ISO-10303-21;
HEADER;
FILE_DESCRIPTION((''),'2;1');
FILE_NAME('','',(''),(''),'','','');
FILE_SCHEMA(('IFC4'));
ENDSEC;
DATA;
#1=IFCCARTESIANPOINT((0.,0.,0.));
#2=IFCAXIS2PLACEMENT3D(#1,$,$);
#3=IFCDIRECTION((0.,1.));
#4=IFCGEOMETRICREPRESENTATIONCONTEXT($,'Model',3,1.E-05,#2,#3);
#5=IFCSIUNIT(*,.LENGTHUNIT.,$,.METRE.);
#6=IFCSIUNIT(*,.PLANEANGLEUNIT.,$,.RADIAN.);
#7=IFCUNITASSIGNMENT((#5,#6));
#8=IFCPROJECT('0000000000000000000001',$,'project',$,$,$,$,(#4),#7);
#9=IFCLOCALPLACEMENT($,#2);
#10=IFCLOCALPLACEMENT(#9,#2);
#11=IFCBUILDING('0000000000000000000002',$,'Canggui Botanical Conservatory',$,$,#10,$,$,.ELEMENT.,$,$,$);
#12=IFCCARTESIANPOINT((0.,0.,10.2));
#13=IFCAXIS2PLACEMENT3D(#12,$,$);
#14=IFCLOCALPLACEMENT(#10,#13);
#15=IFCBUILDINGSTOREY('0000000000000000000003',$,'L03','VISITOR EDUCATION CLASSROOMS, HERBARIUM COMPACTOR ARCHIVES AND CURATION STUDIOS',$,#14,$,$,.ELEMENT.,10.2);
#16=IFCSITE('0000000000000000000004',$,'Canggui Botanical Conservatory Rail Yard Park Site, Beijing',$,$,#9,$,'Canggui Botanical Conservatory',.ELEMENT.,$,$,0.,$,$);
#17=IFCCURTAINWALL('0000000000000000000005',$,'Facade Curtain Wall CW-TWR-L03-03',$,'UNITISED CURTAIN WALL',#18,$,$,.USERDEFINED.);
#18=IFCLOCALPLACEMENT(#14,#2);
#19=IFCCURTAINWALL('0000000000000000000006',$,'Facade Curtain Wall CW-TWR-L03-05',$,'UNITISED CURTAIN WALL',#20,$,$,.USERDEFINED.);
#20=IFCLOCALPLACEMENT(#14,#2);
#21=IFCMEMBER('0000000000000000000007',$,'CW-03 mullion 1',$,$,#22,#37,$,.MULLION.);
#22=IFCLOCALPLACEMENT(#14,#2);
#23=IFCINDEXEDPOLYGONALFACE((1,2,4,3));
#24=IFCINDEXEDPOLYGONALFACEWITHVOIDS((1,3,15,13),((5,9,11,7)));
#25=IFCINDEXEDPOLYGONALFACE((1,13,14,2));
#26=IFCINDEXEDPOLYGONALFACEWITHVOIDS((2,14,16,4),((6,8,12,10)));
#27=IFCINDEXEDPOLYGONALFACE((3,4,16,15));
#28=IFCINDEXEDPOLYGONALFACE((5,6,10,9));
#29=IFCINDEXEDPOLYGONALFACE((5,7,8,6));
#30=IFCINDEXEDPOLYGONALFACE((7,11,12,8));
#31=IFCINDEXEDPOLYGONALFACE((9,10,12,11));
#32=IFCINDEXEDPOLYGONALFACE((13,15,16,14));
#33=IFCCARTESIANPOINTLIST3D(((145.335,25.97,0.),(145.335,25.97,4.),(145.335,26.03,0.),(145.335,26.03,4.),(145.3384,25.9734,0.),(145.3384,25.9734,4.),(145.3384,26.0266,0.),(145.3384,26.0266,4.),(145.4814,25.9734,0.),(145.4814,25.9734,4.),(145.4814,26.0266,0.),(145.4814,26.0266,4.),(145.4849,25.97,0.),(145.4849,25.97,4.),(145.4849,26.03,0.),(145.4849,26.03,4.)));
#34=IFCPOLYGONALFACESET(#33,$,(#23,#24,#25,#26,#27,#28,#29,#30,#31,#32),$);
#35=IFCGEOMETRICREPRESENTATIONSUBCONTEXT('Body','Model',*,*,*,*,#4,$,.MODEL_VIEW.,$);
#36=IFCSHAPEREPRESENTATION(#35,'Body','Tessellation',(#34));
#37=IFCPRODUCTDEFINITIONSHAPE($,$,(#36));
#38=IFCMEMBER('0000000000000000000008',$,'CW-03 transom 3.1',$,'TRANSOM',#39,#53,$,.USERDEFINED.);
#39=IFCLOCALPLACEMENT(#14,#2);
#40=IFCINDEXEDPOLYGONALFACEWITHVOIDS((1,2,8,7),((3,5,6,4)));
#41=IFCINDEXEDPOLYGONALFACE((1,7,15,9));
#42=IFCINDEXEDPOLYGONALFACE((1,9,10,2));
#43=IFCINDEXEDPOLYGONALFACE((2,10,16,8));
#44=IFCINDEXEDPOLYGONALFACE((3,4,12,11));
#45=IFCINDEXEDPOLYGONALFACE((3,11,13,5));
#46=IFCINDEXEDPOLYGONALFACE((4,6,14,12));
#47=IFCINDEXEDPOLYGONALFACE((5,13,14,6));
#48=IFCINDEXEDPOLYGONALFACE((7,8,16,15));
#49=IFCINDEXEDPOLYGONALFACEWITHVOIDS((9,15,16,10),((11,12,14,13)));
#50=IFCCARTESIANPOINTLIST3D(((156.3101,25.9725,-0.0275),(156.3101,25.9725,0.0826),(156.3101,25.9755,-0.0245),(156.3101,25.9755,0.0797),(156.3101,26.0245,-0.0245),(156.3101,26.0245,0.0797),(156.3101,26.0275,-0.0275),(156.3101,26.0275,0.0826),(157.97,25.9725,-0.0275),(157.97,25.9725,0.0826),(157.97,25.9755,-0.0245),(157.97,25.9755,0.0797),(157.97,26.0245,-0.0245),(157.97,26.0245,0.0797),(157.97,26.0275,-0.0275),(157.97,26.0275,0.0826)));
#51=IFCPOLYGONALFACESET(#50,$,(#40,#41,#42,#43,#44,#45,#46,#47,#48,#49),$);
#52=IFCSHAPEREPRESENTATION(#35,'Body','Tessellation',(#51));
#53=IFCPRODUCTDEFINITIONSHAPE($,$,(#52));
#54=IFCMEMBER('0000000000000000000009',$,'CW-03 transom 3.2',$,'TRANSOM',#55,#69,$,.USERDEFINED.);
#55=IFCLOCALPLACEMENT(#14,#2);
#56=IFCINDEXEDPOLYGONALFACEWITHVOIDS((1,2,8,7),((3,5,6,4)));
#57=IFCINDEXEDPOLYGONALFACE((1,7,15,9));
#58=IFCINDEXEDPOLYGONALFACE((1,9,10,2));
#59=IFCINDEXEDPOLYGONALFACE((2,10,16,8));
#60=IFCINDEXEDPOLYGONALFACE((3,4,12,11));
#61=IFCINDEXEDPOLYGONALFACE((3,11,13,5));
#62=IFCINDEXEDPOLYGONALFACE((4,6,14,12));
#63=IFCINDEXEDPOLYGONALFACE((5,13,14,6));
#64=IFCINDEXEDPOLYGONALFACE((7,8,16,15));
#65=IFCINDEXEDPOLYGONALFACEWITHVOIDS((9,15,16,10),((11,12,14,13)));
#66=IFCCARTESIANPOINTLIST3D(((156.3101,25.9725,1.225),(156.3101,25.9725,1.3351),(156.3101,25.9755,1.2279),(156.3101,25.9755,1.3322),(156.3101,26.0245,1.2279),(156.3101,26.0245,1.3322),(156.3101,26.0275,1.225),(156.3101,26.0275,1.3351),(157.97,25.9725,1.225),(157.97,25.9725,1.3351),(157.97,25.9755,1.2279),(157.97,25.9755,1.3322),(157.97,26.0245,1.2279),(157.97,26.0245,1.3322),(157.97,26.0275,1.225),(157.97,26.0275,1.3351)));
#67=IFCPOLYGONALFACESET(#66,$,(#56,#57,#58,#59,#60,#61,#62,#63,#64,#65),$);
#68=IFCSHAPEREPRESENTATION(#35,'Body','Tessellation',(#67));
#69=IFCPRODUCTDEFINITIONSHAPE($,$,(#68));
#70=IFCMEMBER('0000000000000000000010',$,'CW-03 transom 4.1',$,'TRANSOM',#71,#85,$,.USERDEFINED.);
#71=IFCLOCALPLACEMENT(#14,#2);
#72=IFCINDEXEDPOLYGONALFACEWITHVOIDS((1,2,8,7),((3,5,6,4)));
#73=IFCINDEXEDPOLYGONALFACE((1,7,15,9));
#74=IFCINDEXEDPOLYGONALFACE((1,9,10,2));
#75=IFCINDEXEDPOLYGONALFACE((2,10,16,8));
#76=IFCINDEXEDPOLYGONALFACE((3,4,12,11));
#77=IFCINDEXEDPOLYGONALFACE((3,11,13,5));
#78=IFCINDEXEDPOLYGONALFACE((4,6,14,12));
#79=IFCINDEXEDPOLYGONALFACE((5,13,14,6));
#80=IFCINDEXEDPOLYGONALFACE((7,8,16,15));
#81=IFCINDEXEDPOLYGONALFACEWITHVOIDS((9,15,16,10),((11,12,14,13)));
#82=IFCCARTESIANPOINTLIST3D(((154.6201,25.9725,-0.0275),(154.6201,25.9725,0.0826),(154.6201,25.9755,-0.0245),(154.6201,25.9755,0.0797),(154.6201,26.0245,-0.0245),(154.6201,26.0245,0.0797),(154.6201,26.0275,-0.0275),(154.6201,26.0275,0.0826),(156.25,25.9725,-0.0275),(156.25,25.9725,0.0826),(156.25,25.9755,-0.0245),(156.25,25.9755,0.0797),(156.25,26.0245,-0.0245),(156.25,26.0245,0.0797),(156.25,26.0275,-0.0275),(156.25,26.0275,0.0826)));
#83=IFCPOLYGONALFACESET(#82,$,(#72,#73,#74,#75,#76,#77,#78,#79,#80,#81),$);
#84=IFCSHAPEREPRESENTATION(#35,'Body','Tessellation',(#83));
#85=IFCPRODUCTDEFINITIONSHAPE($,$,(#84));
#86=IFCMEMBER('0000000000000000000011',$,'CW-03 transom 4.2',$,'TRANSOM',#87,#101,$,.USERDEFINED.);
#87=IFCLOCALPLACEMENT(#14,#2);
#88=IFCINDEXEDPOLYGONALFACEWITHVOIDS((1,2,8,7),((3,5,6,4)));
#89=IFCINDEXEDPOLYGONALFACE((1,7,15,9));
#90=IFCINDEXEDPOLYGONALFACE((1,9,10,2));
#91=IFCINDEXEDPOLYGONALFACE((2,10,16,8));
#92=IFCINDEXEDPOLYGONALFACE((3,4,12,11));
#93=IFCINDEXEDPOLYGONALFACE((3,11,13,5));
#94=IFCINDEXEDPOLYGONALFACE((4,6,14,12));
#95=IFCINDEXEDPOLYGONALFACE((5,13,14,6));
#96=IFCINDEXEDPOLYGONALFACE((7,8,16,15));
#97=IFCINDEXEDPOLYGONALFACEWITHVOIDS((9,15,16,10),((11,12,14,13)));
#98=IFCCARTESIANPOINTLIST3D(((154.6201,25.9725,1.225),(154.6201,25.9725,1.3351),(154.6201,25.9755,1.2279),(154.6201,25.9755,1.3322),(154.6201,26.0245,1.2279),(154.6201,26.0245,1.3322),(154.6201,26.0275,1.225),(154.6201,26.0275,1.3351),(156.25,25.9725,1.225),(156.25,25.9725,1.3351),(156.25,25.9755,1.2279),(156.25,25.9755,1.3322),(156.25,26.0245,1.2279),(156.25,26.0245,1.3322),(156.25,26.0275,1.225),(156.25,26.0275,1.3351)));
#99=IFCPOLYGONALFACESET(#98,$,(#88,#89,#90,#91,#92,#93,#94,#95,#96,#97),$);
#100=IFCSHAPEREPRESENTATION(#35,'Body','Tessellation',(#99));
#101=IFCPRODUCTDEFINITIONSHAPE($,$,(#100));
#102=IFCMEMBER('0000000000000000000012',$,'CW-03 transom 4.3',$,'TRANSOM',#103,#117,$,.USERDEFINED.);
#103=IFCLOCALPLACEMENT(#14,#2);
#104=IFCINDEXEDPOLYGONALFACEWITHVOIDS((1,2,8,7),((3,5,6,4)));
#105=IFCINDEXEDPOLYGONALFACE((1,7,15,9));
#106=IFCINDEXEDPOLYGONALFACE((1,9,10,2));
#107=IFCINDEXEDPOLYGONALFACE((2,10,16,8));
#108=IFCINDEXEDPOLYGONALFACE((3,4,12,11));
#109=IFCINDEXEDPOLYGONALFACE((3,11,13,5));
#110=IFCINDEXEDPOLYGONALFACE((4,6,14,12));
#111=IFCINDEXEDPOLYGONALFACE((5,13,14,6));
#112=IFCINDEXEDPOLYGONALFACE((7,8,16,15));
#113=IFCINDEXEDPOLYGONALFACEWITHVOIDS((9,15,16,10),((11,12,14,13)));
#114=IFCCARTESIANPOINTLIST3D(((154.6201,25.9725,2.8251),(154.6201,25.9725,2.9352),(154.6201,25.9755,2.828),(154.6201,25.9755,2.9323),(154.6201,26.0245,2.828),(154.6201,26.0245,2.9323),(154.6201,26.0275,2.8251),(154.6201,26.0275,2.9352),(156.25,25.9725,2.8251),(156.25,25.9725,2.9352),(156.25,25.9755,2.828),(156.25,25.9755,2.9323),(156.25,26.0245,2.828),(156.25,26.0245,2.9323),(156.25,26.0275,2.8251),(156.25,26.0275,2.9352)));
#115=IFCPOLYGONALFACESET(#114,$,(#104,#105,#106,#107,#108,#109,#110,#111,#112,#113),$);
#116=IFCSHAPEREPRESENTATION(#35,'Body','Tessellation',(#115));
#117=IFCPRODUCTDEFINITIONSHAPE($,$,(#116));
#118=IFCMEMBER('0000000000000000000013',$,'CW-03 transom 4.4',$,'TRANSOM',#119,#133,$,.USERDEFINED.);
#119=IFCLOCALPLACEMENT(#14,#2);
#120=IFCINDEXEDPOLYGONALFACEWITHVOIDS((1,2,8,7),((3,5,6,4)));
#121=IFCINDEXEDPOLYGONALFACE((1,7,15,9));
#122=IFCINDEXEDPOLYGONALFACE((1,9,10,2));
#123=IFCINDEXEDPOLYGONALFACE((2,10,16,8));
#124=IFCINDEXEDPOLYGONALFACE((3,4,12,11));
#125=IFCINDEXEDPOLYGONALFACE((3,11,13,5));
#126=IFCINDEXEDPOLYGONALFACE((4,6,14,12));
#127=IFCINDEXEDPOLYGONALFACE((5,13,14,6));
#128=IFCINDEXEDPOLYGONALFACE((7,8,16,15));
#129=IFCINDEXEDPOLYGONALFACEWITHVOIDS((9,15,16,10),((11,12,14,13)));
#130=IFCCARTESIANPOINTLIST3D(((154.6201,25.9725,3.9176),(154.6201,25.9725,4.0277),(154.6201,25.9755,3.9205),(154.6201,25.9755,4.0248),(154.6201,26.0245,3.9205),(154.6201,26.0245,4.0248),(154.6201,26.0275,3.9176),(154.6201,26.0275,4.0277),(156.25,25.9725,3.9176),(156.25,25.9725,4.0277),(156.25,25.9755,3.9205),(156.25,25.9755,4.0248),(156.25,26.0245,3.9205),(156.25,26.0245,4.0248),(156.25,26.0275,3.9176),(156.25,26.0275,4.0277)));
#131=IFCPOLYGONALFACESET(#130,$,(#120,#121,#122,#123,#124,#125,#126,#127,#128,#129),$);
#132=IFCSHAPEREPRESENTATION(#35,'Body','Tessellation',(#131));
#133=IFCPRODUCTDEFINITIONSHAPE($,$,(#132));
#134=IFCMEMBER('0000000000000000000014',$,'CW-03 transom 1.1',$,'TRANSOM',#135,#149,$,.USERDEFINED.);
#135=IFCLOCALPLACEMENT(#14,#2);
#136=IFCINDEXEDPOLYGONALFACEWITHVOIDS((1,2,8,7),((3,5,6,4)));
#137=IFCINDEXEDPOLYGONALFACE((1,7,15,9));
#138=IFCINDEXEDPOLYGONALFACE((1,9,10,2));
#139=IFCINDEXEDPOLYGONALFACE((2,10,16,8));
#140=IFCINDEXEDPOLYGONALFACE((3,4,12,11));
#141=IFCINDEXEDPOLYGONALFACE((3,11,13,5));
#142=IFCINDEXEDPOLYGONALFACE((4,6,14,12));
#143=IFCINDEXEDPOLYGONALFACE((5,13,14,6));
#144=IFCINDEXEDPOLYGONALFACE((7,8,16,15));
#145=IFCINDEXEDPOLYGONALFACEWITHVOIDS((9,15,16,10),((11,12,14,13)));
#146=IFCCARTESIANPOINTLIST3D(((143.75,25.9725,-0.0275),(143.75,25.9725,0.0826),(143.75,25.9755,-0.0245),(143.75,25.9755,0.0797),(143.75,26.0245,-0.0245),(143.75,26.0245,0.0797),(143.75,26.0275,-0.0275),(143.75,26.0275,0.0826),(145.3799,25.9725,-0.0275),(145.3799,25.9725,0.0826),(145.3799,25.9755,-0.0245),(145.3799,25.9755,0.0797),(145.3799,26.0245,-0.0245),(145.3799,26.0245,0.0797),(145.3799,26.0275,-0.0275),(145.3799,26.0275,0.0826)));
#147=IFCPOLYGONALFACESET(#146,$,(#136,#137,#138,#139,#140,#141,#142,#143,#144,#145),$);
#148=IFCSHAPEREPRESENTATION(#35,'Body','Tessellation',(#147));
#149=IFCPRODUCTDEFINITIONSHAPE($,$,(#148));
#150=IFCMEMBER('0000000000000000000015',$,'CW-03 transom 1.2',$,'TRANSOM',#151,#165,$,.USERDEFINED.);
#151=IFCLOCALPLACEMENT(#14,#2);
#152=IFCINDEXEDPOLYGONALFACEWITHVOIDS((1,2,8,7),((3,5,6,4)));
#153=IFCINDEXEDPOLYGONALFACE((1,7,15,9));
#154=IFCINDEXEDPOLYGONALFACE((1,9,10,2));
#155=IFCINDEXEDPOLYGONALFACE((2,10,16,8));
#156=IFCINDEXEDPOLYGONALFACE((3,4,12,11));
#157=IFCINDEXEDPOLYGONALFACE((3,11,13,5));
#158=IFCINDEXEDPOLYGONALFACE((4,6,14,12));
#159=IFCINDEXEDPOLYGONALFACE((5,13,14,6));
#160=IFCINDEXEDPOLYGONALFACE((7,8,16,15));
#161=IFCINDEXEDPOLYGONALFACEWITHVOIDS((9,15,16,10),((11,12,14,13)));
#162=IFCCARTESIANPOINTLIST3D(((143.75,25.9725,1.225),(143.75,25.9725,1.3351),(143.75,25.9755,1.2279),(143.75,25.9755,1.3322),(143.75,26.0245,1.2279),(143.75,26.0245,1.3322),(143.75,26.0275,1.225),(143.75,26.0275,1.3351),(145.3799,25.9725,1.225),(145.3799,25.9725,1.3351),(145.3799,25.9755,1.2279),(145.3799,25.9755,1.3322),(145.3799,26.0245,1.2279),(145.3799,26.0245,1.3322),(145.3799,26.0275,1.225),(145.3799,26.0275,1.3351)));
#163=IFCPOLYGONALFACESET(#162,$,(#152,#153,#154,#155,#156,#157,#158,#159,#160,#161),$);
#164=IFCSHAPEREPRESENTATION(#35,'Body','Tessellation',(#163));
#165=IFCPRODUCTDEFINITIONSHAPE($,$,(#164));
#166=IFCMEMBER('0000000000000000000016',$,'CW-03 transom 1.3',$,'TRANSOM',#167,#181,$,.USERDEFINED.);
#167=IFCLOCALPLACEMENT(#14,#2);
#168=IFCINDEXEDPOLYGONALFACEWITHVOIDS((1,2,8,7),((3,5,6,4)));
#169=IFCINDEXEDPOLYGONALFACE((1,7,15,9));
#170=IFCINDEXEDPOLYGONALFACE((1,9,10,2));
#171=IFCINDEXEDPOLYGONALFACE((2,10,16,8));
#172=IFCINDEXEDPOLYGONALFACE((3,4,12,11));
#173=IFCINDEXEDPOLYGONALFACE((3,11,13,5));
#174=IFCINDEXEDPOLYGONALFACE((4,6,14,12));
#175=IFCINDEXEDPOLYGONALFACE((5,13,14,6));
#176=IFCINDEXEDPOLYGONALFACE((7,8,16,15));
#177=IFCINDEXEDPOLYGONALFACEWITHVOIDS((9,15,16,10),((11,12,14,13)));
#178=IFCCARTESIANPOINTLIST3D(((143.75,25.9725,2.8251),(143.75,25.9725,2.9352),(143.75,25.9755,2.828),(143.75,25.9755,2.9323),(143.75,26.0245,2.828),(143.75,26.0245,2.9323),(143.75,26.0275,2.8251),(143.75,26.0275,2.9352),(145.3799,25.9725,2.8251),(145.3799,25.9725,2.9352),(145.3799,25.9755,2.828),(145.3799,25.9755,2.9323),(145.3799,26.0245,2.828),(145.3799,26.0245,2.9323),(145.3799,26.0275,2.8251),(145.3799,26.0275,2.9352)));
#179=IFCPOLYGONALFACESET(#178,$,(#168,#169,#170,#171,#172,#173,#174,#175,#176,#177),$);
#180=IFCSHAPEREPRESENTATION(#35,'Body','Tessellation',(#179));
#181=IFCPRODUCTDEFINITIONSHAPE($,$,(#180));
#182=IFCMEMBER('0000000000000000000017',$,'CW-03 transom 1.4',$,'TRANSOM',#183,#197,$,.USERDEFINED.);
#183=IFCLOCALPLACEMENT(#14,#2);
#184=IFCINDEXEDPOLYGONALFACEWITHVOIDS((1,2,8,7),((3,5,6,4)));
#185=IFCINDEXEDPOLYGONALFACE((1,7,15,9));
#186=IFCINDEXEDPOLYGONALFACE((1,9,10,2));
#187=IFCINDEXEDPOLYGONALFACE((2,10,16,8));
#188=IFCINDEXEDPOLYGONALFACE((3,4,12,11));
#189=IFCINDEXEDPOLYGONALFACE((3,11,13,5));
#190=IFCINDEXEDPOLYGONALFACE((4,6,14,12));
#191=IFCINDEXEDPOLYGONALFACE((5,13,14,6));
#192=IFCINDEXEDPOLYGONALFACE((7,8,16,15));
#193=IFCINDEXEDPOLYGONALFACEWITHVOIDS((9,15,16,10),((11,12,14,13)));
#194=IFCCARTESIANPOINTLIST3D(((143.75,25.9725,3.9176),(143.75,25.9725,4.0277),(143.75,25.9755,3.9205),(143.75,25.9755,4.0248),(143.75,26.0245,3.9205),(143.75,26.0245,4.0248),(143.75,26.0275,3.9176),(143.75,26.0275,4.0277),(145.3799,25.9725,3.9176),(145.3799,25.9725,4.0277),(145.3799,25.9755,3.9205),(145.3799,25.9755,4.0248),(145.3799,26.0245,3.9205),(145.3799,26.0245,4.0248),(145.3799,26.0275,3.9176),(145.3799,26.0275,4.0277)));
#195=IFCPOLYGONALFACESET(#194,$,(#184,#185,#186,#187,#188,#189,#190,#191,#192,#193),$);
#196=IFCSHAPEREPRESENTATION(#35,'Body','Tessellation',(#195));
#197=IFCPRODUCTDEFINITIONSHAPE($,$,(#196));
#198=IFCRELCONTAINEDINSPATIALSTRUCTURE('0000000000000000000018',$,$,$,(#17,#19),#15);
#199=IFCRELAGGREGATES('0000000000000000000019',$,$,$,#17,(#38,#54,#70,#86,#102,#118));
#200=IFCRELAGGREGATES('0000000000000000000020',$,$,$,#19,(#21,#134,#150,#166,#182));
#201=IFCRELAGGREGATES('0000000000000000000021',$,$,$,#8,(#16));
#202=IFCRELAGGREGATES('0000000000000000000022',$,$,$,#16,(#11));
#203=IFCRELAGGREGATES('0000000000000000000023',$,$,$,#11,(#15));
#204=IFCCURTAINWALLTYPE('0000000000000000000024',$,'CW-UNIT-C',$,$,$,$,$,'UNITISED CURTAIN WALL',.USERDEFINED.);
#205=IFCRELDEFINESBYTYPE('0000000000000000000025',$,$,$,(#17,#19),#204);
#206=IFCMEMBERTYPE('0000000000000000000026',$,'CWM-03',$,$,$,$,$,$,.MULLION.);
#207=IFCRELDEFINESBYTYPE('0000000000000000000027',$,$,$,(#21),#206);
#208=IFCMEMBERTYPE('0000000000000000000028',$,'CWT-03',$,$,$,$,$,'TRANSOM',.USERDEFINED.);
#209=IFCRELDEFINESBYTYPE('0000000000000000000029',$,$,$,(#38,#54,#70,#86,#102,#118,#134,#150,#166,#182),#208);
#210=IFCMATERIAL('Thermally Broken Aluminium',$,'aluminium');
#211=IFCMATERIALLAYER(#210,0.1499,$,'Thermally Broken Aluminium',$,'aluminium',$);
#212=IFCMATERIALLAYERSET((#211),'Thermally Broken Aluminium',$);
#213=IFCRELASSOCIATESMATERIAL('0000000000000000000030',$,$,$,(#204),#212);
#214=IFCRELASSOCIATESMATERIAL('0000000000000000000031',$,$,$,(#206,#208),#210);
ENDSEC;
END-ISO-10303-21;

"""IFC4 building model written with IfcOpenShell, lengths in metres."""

from ifc_helpers import new_model, si_unit, direction, frame, origin, origin_2d, place, context, subcontext, project, spatial, hollow_rectangle, extrude, material, layer, layer_set, material_profile, profile_set, type_object, element, aggregate, save


model = new_model("IFC4")

# Units and contexts
model_context = context("Model", 3, precision=1e-05, world=origin(), true_north=direction((0.0, 1.0)))
body_context = subcontext(model_context, "Body", "Model", "MODEL_VIEW")
ifc_project = project(units=[si_unit("LENGTHUNIT", "METRE"), si_unit("PLANEANGLEUNIT", "RADIAN")], contexts=[model_context])

# Site, building, storey
site_placement = place(None, origin())
site = spatial("IfcSite", under=ifc_project, at=site_placement, Name="Canggui Botanical Conservatory Rail Yard Park Site, Beijing", LongName="Canggui Botanical Conservatory", CompositionType="ELEMENT", RefElevation=0.0)
building_placement = place(site_placement, origin())
building = spatial("IfcBuilding", under=site, at=building_placement, Name="Canggui Botanical Conservatory", CompositionType="ELEMENT")
storey_placement = place(building_placement, frame((0.0, 0.0, 10.2)))
storey = spatial("IfcBuildingStorey", under=building, at=storey_placement, Name="L03", Description="VISITOR EDUCATION CLASSROOMS, HERBARIUM COMPACTOR ARCHIVES AND CURATION STUDIOS", CompositionType="ELEMENT", Elevation=10.2)

# Curtain wall
ifc_material_1 = material(Name="Thermally Broken Aluminium", Category="aluminium")
ifc_layer_1 = layer(ifc_material_1, 0.1499, Name="Thermally Broken Aluminium", Category="aluminium")
ifc_layer_set_1 = layer_set([ifc_layer_1], Name="Thermally Broken Aluminium")
curtain_wall_type = type_object("IfcCurtainWallType", Name="CW-UNIT-C", ElementType="UNITISED CURTAIN WALL", PredefinedType="USERDEFINED", material=ifc_layer_set_1)
curtain_wall_1_placement = place(storey_placement, origin())
curtain_wall_1 = element("IfcCurtainWall", 1, at=curtain_wall_1_placement, inside=storey, type_object=curtain_wall_type, Name="Facade Curtain Wall CW-TWR-L03-03", ObjectType="UNITISED CURTAIN WALL", PredefinedType="USERDEFINED")
ifc_material_profile_1 = material_profile(ifc_material_1, hollow_rectangle(XDim=0.0601, YDim=0.1499, WallThickness=0.0034, at=origin_2d()), Name="CWM 60x150x3.5")
ifc_profile_set_1 = profile_set([ifc_material_profile_1], Name="Thermally Broken Aluminium")
member_type_1 = type_object("IfcMemberType", Name="CWM-03", PredefinedType="MULLION", material=ifc_profile_set_1)

# Curtain wall, member
curtain_wall_2_placement = place(storey_placement, origin())
curtain_wall_2 = element("IfcCurtainWall", 2, at=curtain_wall_2_placement, inside=storey, type_object=curtain_wall_type, Name="Facade Curtain Wall CW-TWR-L03-05", ObjectType="UNITISED CURTAIN WALL", PredefinedType="USERDEFINED")
member_1_placement = place(storey_placement, frame((145.4099, 26.0, 0.0), z_axis=(0.0, 0.0, 1.0), x_axis=(0.0, -1.0, 0.0)))
member_1 = element("IfcMember", 3, at=member_1_placement, type_object=member_type_1, Name="CW-03 mullion 1", PredefinedType="MULLION", context=body_context, shape_type="SweptSolid", body=[
    extrude(hollow_rectangle(XDim=0.0601, YDim=0.1499, WallThickness=0.0034, at=origin_2d()), origin(), (0.0, 0.0, 1.0), 4.0),
])

# Members
ifc_material_profile_2 = material_profile(ifc_material_1, hollow_rectangle(XDim=0.0549, YDim=0.1101, WallThickness=0.0029, at=origin_2d()), Name="CWT 55x110x3")
ifc_profile_set_2 = profile_set([ifc_material_profile_2], Name="Thermally Broken Aluminium")
member_type_2 = type_object("IfcMemberType", Name="CWT-03", ElementType="TRANSOM", PredefinedType="USERDEFINED", material=ifc_profile_set_2)
member_2_placement = place(storey_placement, frame((157.97, 26.0, 0.0276), z_axis=(-1.0, 0.0, 0.0), x_axis=(0.0, -1.0, 0.0)))
member_2 = element("IfcMember", 4, at=member_2_placement, type_object=member_type_2, Name="CW-03 transom 3.1", ObjectType="TRANSOM", PredefinedType="USERDEFINED", context=body_context, shape_type="SweptSolid", body=[
    extrude(hollow_rectangle(XDim=0.0549, YDim=0.1101, WallThickness=0.0029, at=origin_2d()), origin(), (0.0, 0.0, 1.0), 1.6599),
])
member_3_placement = place(storey_placement, frame((157.97, 26.0, 1.28), z_axis=(-1.0, 0.0, 0.0), x_axis=(0.0, -1.0, 0.0)))
member_3 = element("IfcMember", 5, at=member_3_placement, type_object=member_type_2, Name="CW-03 transom 3.2", ObjectType="TRANSOM", PredefinedType="USERDEFINED", context=body_context, shape_type="SweptSolid", body=[
    extrude(hollow_rectangle(XDim=0.0549, YDim=0.1101, WallThickness=0.0029, at=origin_2d()), origin(), (0.0, 0.0, 1.0), 1.6599),
])
member_4_placement = place(storey_placement, frame((156.25, 26.0, 0.0276), z_axis=(-1.0, 0.0, 0.0), x_axis=(0.0, -1.0, 0.0)))
member_4 = element("IfcMember", 6, at=member_4_placement, type_object=member_type_2, Name="CW-03 transom 4.1", ObjectType="TRANSOM", PredefinedType="USERDEFINED", context=body_context, shape_type="SweptSolid", body=[
    extrude(hollow_rectangle(XDim=0.0549, YDim=0.1101, WallThickness=0.0029, at=origin_2d()), origin(), (0.0, 0.0, 1.0), 1.6299),
])
member_5_placement = place(storey_placement, frame((156.25, 26.0, 1.28), z_axis=(-1.0, 0.0, 0.0), x_axis=(0.0, -1.0, 0.0)))
member_5 = element("IfcMember", 7, at=member_5_placement, type_object=member_type_2, Name="CW-03 transom 4.2", ObjectType="TRANSOM", PredefinedType="USERDEFINED", context=body_context, shape_type="SweptSolid", body=[
    extrude(hollow_rectangle(XDim=0.0549, YDim=0.1101, WallThickness=0.0029, at=origin_2d()), origin(), (0.0, 0.0, 1.0), 1.6299),
])
member_6_placement = place(storey_placement, frame((156.25, 26.0, 2.8801), z_axis=(-1.0, 0.0, 0.0), x_axis=(0.0, -1.0, 0.0)))
member_6 = element("IfcMember", 8, at=member_6_placement, type_object=member_type_2, Name="CW-03 transom 4.3", ObjectType="TRANSOM", PredefinedType="USERDEFINED", context=body_context, shape_type="SweptSolid", body=[
    extrude(hollow_rectangle(XDim=0.0549, YDim=0.1101, WallThickness=0.0029, at=origin_2d()), origin(), (0.0, 0.0, 1.0), 1.6299),
])
member_7_placement = place(storey_placement, frame((156.25, 26.0, 3.9727), z_axis=(-1.0, 0.0, 0.0), x_axis=(0.0, -1.0, 0.0)))
member_7 = element("IfcMember", 9, at=member_7_placement, type_object=member_type_2, Name="CW-03 transom 4.4", ObjectType="TRANSOM", PredefinedType="USERDEFINED", context=body_context, shape_type="SweptSolid", body=[
    extrude(hollow_rectangle(XDim=0.0549, YDim=0.1101, WallThickness=0.0029, at=origin_2d()), origin(), (0.0, 0.0, 1.0), 1.6299),
])
member_8_placement = place(storey_placement, frame((145.3799, 26.0, 0.0276), z_axis=(-1.0, 0.0, 0.0), x_axis=(0.0, -1.0, 0.0)))
member_8 = element("IfcMember", 10, at=member_8_placement, type_object=member_type_2, Name="CW-03 transom 1.1", ObjectType="TRANSOM", PredefinedType="USERDEFINED", context=body_context, shape_type="SweptSolid", body=[
    extrude(hollow_rectangle(XDim=0.0549, YDim=0.1101, WallThickness=0.0029, at=origin_2d()), origin(), (0.0, 0.0, 1.0), 1.6299),
])
member_9_placement = place(storey_placement, frame((145.3799, 26.0, 1.28), z_axis=(-1.0, 0.0, 0.0), x_axis=(0.0, -1.0, 0.0)))
member_9 = element("IfcMember", 11, at=member_9_placement, type_object=member_type_2, Name="CW-03 transom 1.2", ObjectType="TRANSOM", PredefinedType="USERDEFINED", context=body_context, shape_type="SweptSolid", body=[
    extrude(hollow_rectangle(XDim=0.0549, YDim=0.1101, WallThickness=0.0029, at=origin_2d()), origin(), (0.0, 0.0, 1.0), 1.6299),
])
member_10_placement = place(storey_placement, frame((145.3799, 26.0, 2.8801), z_axis=(-1.0, 0.0, 0.0), x_axis=(0.0, -1.0, 0.0)))
member_10 = element("IfcMember", 12, at=member_10_placement, type_object=member_type_2, Name="CW-03 transom 1.3", ObjectType="TRANSOM", PredefinedType="USERDEFINED", context=body_context, shape_type="SweptSolid", body=[
    extrude(hollow_rectangle(XDim=0.0549, YDim=0.1101, WallThickness=0.0029, at=origin_2d()), origin(), (0.0, 0.0, 1.0), 1.6299),
])
member_11_placement = place(storey_placement, frame((145.3799, 26.0, 3.9727), z_axis=(-1.0, 0.0, 0.0), x_axis=(0.0, -1.0, 0.0)))
member_11 = element("IfcMember", 13, at=member_11_placement, type_object=member_type_2, Name="CW-03 transom 1.4", ObjectType="TRANSOM", PredefinedType="USERDEFINED", context=body_context, shape_type="SweptSolid", body=[
    extrude(hollow_rectangle(XDim=0.0549, YDim=0.1101, WallThickness=0.0029, at=origin_2d()), origin(), (0.0, 0.0, 1.0), 1.6299),
])

aggregate(curtain_wall_1, [member_2, member_3, member_4, member_5, member_6, member_7])
aggregate(curtain_wall_2, [member_1, member_8, member_9, member_10, member_11])

save(model, "model.ifc")
